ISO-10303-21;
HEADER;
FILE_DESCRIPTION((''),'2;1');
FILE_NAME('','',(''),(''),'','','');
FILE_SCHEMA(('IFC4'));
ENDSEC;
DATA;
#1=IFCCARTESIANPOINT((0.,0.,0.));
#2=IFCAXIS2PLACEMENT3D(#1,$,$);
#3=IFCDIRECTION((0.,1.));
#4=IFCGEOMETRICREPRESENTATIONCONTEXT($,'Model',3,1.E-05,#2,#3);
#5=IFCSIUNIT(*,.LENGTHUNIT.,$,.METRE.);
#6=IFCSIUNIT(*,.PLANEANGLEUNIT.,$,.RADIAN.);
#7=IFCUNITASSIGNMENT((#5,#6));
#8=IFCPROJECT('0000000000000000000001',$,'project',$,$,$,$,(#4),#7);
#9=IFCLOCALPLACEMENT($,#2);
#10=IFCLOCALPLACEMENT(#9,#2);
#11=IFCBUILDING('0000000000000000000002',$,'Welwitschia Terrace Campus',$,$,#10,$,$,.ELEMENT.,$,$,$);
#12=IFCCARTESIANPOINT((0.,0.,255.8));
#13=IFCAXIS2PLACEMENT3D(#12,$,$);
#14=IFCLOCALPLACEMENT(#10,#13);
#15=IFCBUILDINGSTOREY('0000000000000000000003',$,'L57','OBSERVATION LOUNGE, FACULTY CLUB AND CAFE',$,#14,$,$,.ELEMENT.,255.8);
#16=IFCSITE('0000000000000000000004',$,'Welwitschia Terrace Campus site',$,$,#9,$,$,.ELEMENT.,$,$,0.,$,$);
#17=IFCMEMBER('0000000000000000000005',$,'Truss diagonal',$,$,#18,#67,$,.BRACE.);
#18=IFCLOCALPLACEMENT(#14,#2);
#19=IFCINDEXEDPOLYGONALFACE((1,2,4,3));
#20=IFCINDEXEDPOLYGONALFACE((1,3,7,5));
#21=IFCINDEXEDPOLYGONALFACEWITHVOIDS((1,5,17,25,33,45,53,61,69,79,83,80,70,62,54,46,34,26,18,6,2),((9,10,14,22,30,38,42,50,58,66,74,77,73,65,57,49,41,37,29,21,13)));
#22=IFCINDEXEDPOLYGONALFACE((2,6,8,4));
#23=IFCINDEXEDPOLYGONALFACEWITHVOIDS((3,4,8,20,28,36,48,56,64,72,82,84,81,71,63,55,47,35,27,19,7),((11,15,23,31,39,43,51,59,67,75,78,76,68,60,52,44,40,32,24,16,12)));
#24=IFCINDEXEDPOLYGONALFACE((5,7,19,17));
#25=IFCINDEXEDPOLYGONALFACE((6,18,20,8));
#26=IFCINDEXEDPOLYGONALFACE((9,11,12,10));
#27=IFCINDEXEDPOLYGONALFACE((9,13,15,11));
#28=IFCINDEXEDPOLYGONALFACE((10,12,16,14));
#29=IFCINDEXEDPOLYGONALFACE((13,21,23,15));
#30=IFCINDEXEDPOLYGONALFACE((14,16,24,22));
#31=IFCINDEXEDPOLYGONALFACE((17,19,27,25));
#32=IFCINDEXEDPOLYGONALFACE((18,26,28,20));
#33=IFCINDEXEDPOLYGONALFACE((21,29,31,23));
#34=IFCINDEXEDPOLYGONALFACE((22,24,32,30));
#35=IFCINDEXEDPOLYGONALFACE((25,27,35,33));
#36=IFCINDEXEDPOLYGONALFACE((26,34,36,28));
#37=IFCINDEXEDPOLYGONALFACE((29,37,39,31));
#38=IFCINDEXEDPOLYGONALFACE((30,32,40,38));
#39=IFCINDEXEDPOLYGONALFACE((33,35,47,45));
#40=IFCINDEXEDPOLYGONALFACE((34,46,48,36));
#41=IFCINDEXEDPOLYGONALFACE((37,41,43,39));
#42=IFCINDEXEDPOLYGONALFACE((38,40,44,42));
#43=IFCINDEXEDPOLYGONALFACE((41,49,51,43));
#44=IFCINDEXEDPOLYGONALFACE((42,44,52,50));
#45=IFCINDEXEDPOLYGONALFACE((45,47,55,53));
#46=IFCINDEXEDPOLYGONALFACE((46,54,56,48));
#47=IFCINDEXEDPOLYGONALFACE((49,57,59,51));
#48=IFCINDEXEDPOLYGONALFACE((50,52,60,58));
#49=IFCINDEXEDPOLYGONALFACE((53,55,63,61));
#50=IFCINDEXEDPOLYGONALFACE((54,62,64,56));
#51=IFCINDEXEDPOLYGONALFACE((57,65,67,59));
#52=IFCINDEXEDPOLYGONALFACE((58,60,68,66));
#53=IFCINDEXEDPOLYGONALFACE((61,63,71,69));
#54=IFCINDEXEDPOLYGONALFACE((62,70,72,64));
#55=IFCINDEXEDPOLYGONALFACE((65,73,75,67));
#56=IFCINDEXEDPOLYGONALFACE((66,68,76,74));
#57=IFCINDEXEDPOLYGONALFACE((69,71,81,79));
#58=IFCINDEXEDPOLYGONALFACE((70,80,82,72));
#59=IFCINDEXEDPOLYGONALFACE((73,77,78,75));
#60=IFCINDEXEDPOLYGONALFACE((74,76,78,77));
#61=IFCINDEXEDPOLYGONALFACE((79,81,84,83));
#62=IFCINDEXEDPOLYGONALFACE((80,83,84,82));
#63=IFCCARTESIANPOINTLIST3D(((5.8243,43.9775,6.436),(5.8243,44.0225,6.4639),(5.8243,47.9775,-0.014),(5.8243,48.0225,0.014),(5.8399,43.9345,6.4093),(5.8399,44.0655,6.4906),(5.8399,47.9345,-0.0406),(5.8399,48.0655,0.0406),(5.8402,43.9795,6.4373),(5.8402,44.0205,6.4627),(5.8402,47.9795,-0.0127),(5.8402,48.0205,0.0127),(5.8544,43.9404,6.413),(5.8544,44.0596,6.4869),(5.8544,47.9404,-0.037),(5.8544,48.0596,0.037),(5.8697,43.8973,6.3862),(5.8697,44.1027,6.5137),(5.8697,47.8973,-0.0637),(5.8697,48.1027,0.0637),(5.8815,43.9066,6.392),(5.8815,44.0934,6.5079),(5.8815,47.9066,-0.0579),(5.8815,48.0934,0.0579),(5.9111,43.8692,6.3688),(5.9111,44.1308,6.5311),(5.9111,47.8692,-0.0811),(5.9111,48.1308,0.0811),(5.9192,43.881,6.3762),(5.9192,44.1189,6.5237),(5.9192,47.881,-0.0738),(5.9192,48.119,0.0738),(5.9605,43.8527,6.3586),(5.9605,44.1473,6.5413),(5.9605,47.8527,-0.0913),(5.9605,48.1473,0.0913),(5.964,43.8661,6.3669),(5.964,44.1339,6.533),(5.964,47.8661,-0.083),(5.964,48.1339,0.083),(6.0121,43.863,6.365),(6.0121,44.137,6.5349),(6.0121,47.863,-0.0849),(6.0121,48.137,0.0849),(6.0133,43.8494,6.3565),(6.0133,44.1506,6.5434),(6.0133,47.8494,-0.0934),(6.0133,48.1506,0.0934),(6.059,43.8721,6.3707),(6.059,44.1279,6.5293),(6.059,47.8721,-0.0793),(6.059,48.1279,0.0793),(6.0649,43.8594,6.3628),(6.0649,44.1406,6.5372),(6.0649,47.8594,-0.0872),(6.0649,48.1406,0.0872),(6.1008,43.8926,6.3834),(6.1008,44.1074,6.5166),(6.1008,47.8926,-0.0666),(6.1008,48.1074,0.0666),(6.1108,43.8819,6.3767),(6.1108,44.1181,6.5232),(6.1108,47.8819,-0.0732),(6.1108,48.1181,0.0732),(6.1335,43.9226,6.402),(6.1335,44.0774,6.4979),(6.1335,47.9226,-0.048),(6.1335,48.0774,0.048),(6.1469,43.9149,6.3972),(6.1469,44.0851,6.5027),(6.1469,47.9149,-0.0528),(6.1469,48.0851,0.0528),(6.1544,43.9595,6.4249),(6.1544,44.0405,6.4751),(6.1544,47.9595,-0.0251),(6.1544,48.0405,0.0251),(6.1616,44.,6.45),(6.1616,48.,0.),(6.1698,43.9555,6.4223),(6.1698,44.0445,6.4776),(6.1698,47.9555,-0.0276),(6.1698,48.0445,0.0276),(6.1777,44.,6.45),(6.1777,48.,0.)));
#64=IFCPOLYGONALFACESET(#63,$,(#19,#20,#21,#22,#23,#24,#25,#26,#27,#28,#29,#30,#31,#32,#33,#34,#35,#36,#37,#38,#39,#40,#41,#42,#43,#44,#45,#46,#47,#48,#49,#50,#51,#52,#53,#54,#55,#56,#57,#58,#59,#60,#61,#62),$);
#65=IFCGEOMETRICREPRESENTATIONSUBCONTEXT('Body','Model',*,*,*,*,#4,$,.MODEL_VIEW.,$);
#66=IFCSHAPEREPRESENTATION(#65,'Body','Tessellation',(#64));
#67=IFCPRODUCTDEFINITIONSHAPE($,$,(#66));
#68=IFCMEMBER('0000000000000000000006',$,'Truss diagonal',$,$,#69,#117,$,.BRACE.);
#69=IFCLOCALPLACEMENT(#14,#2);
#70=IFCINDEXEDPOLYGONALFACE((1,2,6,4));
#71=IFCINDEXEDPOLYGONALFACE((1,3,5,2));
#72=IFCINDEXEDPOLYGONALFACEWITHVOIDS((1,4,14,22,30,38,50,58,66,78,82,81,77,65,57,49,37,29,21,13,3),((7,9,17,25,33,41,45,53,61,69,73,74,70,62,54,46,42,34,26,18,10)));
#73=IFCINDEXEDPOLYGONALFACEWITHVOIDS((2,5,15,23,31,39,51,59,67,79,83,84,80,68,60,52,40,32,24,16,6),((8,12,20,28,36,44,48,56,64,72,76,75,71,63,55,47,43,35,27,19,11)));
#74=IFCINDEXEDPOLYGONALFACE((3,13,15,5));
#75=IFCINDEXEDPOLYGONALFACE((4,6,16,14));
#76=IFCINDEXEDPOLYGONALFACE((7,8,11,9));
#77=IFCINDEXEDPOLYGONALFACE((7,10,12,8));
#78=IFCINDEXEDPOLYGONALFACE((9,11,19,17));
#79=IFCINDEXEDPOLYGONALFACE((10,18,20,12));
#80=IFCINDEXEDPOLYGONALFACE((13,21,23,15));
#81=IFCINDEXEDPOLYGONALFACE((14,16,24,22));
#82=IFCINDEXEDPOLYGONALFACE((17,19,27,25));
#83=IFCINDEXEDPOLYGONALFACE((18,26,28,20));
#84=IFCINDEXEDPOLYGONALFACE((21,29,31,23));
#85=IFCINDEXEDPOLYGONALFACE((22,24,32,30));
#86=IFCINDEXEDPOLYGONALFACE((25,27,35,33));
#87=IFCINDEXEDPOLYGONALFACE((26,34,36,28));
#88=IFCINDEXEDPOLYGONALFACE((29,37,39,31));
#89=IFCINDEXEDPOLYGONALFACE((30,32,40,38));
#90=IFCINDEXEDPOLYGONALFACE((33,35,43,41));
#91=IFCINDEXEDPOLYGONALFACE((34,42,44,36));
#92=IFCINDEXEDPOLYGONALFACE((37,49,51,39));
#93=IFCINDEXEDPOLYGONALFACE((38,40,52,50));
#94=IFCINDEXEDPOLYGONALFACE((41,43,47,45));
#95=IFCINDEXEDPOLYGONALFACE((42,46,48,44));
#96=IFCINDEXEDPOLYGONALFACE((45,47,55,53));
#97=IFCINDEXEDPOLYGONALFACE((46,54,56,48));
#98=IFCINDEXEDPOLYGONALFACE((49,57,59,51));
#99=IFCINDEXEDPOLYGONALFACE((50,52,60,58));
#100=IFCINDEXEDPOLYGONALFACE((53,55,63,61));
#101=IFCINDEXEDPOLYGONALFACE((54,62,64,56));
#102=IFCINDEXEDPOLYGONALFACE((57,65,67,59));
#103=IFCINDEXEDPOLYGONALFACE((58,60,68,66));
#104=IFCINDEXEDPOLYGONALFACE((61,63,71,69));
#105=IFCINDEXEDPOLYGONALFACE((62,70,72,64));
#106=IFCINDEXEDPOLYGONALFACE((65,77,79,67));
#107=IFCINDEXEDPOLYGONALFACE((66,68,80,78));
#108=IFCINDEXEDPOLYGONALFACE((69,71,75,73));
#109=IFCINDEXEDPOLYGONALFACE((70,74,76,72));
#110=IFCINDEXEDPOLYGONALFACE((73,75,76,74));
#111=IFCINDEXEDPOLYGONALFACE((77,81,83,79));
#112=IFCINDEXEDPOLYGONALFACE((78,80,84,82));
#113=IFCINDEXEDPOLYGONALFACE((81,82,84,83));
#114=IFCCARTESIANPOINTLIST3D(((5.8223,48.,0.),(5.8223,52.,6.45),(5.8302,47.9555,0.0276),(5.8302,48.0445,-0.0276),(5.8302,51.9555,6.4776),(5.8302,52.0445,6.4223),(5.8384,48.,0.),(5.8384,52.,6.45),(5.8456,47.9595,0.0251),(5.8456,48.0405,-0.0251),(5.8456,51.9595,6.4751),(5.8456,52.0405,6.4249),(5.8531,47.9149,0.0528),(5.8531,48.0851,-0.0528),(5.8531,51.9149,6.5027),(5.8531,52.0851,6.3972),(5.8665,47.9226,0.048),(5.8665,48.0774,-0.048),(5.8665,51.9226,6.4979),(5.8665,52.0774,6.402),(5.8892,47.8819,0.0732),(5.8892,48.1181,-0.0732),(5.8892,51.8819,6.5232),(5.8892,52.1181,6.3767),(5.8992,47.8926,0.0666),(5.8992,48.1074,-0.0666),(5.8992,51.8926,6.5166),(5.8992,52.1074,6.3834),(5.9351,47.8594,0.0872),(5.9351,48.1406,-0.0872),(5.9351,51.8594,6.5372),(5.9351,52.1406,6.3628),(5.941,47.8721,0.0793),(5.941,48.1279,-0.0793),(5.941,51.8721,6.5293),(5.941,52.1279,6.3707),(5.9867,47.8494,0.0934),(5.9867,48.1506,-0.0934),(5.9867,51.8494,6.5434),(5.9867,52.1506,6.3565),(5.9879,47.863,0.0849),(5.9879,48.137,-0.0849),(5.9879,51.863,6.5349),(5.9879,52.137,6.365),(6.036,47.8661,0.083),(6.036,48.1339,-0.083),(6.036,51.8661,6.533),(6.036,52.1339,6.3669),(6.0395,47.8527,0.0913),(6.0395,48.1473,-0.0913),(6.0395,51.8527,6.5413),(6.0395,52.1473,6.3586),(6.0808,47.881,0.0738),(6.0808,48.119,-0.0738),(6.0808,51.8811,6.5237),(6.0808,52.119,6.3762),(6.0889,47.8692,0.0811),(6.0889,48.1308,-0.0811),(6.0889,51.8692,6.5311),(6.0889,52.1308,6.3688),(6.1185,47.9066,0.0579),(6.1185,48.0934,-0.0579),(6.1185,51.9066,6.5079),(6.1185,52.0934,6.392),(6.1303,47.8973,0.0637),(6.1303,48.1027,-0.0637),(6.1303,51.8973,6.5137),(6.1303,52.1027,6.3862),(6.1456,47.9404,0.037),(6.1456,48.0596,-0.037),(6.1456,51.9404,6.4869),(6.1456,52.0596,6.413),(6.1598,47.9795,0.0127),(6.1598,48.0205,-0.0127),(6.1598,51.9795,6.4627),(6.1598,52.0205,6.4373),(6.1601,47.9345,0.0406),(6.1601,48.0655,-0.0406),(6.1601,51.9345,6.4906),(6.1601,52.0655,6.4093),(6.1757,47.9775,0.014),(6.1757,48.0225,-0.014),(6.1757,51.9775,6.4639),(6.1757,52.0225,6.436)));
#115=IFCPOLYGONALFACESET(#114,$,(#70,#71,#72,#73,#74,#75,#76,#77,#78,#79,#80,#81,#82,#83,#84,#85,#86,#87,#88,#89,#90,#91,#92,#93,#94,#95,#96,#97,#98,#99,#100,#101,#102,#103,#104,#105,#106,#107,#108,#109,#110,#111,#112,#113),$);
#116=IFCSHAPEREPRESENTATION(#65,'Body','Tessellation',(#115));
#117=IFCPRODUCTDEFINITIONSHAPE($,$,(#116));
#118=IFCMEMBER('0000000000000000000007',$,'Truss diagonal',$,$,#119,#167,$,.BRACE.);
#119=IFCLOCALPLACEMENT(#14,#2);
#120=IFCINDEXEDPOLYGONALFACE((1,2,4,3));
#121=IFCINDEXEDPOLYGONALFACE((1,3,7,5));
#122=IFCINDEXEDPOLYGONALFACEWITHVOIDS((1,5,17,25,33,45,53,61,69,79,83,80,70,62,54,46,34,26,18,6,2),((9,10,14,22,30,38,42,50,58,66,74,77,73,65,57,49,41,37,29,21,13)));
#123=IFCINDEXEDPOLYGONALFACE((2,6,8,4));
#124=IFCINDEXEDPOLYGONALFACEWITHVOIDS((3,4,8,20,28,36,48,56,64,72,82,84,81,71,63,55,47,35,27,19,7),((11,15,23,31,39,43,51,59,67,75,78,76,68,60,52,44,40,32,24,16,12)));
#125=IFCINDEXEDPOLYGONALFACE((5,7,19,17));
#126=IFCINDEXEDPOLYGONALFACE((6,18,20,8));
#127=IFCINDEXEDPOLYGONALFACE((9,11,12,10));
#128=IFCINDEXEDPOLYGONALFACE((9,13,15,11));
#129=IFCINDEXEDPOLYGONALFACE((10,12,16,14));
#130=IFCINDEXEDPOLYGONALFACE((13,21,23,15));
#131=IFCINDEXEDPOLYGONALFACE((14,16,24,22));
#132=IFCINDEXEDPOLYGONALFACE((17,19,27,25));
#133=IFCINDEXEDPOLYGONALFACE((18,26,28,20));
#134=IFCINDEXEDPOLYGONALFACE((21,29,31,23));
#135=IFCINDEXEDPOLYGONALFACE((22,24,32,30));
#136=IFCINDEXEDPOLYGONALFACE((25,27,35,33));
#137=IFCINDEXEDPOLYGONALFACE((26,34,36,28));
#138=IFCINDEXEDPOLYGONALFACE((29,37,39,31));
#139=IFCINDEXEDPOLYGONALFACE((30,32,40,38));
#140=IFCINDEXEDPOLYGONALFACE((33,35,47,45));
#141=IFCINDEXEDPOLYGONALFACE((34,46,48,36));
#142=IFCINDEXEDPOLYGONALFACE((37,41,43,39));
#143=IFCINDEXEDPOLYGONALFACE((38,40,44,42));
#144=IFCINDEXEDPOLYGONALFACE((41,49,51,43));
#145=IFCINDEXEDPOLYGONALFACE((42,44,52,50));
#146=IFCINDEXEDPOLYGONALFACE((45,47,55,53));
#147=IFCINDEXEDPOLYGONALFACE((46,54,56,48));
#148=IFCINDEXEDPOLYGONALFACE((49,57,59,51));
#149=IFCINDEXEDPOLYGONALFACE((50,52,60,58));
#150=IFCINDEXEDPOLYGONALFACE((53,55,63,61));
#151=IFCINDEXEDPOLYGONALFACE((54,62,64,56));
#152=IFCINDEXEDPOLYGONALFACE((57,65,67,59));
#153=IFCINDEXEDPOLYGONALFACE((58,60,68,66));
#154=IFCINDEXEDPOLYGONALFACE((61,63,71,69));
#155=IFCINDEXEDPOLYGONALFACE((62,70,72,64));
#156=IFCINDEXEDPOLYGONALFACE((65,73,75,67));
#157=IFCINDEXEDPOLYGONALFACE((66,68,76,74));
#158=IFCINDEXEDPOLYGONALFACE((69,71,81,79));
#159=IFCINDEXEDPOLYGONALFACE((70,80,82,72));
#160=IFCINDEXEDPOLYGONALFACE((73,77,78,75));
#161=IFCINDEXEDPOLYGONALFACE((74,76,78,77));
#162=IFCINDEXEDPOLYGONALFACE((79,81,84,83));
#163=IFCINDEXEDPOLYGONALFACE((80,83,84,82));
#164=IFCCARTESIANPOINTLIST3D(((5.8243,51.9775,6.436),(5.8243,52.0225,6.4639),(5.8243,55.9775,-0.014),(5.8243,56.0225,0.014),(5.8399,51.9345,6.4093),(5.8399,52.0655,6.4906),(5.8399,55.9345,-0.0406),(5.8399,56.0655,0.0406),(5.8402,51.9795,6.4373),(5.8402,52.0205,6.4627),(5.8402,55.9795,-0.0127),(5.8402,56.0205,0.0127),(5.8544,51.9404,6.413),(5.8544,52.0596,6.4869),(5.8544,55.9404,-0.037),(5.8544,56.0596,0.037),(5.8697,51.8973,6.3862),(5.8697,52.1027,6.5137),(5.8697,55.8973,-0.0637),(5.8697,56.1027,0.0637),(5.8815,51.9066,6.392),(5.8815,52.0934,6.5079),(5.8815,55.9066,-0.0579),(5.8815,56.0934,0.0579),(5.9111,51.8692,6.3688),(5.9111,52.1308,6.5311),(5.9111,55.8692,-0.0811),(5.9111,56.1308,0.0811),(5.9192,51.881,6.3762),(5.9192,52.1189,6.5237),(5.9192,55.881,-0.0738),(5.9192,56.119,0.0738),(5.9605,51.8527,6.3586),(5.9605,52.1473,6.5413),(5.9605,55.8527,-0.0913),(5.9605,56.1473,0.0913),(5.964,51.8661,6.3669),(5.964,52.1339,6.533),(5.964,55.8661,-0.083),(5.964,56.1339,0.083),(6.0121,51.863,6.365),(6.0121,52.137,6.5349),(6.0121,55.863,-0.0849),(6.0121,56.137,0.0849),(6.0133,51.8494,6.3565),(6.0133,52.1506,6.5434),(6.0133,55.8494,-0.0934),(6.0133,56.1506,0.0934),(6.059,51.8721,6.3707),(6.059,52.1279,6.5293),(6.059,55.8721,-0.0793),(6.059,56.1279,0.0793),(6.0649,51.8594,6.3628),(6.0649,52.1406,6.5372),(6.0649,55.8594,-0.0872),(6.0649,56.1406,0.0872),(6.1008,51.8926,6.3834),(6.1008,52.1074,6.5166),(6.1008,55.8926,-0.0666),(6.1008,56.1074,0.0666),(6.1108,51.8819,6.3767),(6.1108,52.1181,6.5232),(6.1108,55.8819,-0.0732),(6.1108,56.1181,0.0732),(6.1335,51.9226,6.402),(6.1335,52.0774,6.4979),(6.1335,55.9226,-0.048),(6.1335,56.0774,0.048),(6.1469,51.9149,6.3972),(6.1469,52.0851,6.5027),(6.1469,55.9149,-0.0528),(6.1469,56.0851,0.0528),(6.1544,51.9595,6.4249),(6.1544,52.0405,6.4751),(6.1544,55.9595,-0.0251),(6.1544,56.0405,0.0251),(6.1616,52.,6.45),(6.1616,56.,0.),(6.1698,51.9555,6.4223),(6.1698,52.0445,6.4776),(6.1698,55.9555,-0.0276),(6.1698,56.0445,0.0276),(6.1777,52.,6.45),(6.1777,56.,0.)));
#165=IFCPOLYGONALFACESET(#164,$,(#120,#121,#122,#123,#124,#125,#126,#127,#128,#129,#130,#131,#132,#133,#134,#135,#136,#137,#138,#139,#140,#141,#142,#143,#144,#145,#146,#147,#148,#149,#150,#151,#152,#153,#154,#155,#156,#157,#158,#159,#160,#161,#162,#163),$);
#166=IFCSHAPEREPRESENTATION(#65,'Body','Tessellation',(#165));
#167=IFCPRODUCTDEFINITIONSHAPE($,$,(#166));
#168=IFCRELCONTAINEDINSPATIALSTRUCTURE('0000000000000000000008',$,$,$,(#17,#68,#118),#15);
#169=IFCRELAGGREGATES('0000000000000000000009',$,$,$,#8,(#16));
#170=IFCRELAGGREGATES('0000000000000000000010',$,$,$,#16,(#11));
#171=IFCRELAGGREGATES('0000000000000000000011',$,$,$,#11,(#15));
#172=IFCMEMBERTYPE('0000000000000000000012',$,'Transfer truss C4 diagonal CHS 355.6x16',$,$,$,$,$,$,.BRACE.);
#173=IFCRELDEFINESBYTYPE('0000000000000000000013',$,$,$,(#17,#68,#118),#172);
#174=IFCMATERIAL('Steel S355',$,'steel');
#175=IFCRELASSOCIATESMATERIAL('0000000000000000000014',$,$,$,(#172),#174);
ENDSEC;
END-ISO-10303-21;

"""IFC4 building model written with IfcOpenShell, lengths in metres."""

from ifc_helpers import new_model, si_unit, direction, frame, origin, origin_2d, place, context, subcontext, project, spatial, hollow_circle, extrude, material, material_profile, profile_set, type_object, element, save


model = new_model("IFC4")

# Units and contexts
model_context = context("Model", 3, precision=1e-05, world=origin(), true_north=direction((0.0, 1.0)))
body_context = subcontext(model_context, "Body", "Model", "MODEL_VIEW")
ifc_project = project(units=[si_unit("LENGTHUNIT", "METRE"), si_unit("PLANEANGLEUNIT", "RADIAN")], contexts=[model_context])

# Site, building, storey
site_placement = place(None, origin())
site = spatial("IfcSite", under=ifc_project, at=site_placement, Name="Welwitschia Terrace Campus site", CompositionType="ELEMENT", RefElevation=0.0)
building_placement = place(site_placement, origin())
building = spatial("IfcBuilding", under=site, at=building_placement, Name="Welwitschia Terrace Campus", CompositionType="ELEMENT")
storey_placement = place(building_placement, frame((0.0, 0.0, 255.8)))
storey = spatial("IfcBuildingStorey", under=building, at=storey_placement, Name="L57", Description="OBSERVATION LOUNGE, FACULTY CLUB AND CAFE", CompositionType="ELEMENT", Elevation=255.8)

# Members
ifc_material_1 = material(Name="Steel S355", Category="steel")
ifc_material_profile_1 = material_profile(ifc_material_1, hollow_circle(Radius=0.1777, WallThickness=0.0161, at=origin_2d()))
ifc_profile_set_1 = profile_set([ifc_material_profile_1], Name="Steel S355")
member_type_1 = type_object("IfcMemberType", Name="Transfer truss C4 diagonal CHS 355.6x16", PredefinedType="BRACE", material=ifc_profile_set_1)
for number, where, z_axis, x_axis, name in (
    (1, (6.0, 48.0, 0.0), (0.0, -0.527038, 0.849842), (1.0, 0.0, 0.0), "Truss diagonal"),
    (2, (6.0, 48.0, 0.0), (0.0, 0.527038, 0.849842), (-1.0, 0.0, 0.0), "Truss diagonal"),
    (3, (6.0, 56.0, 0.0), (0.0, -0.527038, 0.849842), (1.0, 0.0, 0.0), "Truss diagonal"),
):
    element("IfcMember", number, at=place(storey_placement, frame(where, z_axis=z_axis, x_axis=x_axis)), inside=storey, type_object=member_type_1, Name=name, PredefinedType="BRACE", context=body_context, shape_type="SweptSolid", body=[
        extrude(hollow_circle(Radius=0.1777, WallThickness=0.0161, at=origin_2d()), origin(), (0.0, 0.0, 1.0), 7.5896),
    ])

save(model, "model.ifc")
